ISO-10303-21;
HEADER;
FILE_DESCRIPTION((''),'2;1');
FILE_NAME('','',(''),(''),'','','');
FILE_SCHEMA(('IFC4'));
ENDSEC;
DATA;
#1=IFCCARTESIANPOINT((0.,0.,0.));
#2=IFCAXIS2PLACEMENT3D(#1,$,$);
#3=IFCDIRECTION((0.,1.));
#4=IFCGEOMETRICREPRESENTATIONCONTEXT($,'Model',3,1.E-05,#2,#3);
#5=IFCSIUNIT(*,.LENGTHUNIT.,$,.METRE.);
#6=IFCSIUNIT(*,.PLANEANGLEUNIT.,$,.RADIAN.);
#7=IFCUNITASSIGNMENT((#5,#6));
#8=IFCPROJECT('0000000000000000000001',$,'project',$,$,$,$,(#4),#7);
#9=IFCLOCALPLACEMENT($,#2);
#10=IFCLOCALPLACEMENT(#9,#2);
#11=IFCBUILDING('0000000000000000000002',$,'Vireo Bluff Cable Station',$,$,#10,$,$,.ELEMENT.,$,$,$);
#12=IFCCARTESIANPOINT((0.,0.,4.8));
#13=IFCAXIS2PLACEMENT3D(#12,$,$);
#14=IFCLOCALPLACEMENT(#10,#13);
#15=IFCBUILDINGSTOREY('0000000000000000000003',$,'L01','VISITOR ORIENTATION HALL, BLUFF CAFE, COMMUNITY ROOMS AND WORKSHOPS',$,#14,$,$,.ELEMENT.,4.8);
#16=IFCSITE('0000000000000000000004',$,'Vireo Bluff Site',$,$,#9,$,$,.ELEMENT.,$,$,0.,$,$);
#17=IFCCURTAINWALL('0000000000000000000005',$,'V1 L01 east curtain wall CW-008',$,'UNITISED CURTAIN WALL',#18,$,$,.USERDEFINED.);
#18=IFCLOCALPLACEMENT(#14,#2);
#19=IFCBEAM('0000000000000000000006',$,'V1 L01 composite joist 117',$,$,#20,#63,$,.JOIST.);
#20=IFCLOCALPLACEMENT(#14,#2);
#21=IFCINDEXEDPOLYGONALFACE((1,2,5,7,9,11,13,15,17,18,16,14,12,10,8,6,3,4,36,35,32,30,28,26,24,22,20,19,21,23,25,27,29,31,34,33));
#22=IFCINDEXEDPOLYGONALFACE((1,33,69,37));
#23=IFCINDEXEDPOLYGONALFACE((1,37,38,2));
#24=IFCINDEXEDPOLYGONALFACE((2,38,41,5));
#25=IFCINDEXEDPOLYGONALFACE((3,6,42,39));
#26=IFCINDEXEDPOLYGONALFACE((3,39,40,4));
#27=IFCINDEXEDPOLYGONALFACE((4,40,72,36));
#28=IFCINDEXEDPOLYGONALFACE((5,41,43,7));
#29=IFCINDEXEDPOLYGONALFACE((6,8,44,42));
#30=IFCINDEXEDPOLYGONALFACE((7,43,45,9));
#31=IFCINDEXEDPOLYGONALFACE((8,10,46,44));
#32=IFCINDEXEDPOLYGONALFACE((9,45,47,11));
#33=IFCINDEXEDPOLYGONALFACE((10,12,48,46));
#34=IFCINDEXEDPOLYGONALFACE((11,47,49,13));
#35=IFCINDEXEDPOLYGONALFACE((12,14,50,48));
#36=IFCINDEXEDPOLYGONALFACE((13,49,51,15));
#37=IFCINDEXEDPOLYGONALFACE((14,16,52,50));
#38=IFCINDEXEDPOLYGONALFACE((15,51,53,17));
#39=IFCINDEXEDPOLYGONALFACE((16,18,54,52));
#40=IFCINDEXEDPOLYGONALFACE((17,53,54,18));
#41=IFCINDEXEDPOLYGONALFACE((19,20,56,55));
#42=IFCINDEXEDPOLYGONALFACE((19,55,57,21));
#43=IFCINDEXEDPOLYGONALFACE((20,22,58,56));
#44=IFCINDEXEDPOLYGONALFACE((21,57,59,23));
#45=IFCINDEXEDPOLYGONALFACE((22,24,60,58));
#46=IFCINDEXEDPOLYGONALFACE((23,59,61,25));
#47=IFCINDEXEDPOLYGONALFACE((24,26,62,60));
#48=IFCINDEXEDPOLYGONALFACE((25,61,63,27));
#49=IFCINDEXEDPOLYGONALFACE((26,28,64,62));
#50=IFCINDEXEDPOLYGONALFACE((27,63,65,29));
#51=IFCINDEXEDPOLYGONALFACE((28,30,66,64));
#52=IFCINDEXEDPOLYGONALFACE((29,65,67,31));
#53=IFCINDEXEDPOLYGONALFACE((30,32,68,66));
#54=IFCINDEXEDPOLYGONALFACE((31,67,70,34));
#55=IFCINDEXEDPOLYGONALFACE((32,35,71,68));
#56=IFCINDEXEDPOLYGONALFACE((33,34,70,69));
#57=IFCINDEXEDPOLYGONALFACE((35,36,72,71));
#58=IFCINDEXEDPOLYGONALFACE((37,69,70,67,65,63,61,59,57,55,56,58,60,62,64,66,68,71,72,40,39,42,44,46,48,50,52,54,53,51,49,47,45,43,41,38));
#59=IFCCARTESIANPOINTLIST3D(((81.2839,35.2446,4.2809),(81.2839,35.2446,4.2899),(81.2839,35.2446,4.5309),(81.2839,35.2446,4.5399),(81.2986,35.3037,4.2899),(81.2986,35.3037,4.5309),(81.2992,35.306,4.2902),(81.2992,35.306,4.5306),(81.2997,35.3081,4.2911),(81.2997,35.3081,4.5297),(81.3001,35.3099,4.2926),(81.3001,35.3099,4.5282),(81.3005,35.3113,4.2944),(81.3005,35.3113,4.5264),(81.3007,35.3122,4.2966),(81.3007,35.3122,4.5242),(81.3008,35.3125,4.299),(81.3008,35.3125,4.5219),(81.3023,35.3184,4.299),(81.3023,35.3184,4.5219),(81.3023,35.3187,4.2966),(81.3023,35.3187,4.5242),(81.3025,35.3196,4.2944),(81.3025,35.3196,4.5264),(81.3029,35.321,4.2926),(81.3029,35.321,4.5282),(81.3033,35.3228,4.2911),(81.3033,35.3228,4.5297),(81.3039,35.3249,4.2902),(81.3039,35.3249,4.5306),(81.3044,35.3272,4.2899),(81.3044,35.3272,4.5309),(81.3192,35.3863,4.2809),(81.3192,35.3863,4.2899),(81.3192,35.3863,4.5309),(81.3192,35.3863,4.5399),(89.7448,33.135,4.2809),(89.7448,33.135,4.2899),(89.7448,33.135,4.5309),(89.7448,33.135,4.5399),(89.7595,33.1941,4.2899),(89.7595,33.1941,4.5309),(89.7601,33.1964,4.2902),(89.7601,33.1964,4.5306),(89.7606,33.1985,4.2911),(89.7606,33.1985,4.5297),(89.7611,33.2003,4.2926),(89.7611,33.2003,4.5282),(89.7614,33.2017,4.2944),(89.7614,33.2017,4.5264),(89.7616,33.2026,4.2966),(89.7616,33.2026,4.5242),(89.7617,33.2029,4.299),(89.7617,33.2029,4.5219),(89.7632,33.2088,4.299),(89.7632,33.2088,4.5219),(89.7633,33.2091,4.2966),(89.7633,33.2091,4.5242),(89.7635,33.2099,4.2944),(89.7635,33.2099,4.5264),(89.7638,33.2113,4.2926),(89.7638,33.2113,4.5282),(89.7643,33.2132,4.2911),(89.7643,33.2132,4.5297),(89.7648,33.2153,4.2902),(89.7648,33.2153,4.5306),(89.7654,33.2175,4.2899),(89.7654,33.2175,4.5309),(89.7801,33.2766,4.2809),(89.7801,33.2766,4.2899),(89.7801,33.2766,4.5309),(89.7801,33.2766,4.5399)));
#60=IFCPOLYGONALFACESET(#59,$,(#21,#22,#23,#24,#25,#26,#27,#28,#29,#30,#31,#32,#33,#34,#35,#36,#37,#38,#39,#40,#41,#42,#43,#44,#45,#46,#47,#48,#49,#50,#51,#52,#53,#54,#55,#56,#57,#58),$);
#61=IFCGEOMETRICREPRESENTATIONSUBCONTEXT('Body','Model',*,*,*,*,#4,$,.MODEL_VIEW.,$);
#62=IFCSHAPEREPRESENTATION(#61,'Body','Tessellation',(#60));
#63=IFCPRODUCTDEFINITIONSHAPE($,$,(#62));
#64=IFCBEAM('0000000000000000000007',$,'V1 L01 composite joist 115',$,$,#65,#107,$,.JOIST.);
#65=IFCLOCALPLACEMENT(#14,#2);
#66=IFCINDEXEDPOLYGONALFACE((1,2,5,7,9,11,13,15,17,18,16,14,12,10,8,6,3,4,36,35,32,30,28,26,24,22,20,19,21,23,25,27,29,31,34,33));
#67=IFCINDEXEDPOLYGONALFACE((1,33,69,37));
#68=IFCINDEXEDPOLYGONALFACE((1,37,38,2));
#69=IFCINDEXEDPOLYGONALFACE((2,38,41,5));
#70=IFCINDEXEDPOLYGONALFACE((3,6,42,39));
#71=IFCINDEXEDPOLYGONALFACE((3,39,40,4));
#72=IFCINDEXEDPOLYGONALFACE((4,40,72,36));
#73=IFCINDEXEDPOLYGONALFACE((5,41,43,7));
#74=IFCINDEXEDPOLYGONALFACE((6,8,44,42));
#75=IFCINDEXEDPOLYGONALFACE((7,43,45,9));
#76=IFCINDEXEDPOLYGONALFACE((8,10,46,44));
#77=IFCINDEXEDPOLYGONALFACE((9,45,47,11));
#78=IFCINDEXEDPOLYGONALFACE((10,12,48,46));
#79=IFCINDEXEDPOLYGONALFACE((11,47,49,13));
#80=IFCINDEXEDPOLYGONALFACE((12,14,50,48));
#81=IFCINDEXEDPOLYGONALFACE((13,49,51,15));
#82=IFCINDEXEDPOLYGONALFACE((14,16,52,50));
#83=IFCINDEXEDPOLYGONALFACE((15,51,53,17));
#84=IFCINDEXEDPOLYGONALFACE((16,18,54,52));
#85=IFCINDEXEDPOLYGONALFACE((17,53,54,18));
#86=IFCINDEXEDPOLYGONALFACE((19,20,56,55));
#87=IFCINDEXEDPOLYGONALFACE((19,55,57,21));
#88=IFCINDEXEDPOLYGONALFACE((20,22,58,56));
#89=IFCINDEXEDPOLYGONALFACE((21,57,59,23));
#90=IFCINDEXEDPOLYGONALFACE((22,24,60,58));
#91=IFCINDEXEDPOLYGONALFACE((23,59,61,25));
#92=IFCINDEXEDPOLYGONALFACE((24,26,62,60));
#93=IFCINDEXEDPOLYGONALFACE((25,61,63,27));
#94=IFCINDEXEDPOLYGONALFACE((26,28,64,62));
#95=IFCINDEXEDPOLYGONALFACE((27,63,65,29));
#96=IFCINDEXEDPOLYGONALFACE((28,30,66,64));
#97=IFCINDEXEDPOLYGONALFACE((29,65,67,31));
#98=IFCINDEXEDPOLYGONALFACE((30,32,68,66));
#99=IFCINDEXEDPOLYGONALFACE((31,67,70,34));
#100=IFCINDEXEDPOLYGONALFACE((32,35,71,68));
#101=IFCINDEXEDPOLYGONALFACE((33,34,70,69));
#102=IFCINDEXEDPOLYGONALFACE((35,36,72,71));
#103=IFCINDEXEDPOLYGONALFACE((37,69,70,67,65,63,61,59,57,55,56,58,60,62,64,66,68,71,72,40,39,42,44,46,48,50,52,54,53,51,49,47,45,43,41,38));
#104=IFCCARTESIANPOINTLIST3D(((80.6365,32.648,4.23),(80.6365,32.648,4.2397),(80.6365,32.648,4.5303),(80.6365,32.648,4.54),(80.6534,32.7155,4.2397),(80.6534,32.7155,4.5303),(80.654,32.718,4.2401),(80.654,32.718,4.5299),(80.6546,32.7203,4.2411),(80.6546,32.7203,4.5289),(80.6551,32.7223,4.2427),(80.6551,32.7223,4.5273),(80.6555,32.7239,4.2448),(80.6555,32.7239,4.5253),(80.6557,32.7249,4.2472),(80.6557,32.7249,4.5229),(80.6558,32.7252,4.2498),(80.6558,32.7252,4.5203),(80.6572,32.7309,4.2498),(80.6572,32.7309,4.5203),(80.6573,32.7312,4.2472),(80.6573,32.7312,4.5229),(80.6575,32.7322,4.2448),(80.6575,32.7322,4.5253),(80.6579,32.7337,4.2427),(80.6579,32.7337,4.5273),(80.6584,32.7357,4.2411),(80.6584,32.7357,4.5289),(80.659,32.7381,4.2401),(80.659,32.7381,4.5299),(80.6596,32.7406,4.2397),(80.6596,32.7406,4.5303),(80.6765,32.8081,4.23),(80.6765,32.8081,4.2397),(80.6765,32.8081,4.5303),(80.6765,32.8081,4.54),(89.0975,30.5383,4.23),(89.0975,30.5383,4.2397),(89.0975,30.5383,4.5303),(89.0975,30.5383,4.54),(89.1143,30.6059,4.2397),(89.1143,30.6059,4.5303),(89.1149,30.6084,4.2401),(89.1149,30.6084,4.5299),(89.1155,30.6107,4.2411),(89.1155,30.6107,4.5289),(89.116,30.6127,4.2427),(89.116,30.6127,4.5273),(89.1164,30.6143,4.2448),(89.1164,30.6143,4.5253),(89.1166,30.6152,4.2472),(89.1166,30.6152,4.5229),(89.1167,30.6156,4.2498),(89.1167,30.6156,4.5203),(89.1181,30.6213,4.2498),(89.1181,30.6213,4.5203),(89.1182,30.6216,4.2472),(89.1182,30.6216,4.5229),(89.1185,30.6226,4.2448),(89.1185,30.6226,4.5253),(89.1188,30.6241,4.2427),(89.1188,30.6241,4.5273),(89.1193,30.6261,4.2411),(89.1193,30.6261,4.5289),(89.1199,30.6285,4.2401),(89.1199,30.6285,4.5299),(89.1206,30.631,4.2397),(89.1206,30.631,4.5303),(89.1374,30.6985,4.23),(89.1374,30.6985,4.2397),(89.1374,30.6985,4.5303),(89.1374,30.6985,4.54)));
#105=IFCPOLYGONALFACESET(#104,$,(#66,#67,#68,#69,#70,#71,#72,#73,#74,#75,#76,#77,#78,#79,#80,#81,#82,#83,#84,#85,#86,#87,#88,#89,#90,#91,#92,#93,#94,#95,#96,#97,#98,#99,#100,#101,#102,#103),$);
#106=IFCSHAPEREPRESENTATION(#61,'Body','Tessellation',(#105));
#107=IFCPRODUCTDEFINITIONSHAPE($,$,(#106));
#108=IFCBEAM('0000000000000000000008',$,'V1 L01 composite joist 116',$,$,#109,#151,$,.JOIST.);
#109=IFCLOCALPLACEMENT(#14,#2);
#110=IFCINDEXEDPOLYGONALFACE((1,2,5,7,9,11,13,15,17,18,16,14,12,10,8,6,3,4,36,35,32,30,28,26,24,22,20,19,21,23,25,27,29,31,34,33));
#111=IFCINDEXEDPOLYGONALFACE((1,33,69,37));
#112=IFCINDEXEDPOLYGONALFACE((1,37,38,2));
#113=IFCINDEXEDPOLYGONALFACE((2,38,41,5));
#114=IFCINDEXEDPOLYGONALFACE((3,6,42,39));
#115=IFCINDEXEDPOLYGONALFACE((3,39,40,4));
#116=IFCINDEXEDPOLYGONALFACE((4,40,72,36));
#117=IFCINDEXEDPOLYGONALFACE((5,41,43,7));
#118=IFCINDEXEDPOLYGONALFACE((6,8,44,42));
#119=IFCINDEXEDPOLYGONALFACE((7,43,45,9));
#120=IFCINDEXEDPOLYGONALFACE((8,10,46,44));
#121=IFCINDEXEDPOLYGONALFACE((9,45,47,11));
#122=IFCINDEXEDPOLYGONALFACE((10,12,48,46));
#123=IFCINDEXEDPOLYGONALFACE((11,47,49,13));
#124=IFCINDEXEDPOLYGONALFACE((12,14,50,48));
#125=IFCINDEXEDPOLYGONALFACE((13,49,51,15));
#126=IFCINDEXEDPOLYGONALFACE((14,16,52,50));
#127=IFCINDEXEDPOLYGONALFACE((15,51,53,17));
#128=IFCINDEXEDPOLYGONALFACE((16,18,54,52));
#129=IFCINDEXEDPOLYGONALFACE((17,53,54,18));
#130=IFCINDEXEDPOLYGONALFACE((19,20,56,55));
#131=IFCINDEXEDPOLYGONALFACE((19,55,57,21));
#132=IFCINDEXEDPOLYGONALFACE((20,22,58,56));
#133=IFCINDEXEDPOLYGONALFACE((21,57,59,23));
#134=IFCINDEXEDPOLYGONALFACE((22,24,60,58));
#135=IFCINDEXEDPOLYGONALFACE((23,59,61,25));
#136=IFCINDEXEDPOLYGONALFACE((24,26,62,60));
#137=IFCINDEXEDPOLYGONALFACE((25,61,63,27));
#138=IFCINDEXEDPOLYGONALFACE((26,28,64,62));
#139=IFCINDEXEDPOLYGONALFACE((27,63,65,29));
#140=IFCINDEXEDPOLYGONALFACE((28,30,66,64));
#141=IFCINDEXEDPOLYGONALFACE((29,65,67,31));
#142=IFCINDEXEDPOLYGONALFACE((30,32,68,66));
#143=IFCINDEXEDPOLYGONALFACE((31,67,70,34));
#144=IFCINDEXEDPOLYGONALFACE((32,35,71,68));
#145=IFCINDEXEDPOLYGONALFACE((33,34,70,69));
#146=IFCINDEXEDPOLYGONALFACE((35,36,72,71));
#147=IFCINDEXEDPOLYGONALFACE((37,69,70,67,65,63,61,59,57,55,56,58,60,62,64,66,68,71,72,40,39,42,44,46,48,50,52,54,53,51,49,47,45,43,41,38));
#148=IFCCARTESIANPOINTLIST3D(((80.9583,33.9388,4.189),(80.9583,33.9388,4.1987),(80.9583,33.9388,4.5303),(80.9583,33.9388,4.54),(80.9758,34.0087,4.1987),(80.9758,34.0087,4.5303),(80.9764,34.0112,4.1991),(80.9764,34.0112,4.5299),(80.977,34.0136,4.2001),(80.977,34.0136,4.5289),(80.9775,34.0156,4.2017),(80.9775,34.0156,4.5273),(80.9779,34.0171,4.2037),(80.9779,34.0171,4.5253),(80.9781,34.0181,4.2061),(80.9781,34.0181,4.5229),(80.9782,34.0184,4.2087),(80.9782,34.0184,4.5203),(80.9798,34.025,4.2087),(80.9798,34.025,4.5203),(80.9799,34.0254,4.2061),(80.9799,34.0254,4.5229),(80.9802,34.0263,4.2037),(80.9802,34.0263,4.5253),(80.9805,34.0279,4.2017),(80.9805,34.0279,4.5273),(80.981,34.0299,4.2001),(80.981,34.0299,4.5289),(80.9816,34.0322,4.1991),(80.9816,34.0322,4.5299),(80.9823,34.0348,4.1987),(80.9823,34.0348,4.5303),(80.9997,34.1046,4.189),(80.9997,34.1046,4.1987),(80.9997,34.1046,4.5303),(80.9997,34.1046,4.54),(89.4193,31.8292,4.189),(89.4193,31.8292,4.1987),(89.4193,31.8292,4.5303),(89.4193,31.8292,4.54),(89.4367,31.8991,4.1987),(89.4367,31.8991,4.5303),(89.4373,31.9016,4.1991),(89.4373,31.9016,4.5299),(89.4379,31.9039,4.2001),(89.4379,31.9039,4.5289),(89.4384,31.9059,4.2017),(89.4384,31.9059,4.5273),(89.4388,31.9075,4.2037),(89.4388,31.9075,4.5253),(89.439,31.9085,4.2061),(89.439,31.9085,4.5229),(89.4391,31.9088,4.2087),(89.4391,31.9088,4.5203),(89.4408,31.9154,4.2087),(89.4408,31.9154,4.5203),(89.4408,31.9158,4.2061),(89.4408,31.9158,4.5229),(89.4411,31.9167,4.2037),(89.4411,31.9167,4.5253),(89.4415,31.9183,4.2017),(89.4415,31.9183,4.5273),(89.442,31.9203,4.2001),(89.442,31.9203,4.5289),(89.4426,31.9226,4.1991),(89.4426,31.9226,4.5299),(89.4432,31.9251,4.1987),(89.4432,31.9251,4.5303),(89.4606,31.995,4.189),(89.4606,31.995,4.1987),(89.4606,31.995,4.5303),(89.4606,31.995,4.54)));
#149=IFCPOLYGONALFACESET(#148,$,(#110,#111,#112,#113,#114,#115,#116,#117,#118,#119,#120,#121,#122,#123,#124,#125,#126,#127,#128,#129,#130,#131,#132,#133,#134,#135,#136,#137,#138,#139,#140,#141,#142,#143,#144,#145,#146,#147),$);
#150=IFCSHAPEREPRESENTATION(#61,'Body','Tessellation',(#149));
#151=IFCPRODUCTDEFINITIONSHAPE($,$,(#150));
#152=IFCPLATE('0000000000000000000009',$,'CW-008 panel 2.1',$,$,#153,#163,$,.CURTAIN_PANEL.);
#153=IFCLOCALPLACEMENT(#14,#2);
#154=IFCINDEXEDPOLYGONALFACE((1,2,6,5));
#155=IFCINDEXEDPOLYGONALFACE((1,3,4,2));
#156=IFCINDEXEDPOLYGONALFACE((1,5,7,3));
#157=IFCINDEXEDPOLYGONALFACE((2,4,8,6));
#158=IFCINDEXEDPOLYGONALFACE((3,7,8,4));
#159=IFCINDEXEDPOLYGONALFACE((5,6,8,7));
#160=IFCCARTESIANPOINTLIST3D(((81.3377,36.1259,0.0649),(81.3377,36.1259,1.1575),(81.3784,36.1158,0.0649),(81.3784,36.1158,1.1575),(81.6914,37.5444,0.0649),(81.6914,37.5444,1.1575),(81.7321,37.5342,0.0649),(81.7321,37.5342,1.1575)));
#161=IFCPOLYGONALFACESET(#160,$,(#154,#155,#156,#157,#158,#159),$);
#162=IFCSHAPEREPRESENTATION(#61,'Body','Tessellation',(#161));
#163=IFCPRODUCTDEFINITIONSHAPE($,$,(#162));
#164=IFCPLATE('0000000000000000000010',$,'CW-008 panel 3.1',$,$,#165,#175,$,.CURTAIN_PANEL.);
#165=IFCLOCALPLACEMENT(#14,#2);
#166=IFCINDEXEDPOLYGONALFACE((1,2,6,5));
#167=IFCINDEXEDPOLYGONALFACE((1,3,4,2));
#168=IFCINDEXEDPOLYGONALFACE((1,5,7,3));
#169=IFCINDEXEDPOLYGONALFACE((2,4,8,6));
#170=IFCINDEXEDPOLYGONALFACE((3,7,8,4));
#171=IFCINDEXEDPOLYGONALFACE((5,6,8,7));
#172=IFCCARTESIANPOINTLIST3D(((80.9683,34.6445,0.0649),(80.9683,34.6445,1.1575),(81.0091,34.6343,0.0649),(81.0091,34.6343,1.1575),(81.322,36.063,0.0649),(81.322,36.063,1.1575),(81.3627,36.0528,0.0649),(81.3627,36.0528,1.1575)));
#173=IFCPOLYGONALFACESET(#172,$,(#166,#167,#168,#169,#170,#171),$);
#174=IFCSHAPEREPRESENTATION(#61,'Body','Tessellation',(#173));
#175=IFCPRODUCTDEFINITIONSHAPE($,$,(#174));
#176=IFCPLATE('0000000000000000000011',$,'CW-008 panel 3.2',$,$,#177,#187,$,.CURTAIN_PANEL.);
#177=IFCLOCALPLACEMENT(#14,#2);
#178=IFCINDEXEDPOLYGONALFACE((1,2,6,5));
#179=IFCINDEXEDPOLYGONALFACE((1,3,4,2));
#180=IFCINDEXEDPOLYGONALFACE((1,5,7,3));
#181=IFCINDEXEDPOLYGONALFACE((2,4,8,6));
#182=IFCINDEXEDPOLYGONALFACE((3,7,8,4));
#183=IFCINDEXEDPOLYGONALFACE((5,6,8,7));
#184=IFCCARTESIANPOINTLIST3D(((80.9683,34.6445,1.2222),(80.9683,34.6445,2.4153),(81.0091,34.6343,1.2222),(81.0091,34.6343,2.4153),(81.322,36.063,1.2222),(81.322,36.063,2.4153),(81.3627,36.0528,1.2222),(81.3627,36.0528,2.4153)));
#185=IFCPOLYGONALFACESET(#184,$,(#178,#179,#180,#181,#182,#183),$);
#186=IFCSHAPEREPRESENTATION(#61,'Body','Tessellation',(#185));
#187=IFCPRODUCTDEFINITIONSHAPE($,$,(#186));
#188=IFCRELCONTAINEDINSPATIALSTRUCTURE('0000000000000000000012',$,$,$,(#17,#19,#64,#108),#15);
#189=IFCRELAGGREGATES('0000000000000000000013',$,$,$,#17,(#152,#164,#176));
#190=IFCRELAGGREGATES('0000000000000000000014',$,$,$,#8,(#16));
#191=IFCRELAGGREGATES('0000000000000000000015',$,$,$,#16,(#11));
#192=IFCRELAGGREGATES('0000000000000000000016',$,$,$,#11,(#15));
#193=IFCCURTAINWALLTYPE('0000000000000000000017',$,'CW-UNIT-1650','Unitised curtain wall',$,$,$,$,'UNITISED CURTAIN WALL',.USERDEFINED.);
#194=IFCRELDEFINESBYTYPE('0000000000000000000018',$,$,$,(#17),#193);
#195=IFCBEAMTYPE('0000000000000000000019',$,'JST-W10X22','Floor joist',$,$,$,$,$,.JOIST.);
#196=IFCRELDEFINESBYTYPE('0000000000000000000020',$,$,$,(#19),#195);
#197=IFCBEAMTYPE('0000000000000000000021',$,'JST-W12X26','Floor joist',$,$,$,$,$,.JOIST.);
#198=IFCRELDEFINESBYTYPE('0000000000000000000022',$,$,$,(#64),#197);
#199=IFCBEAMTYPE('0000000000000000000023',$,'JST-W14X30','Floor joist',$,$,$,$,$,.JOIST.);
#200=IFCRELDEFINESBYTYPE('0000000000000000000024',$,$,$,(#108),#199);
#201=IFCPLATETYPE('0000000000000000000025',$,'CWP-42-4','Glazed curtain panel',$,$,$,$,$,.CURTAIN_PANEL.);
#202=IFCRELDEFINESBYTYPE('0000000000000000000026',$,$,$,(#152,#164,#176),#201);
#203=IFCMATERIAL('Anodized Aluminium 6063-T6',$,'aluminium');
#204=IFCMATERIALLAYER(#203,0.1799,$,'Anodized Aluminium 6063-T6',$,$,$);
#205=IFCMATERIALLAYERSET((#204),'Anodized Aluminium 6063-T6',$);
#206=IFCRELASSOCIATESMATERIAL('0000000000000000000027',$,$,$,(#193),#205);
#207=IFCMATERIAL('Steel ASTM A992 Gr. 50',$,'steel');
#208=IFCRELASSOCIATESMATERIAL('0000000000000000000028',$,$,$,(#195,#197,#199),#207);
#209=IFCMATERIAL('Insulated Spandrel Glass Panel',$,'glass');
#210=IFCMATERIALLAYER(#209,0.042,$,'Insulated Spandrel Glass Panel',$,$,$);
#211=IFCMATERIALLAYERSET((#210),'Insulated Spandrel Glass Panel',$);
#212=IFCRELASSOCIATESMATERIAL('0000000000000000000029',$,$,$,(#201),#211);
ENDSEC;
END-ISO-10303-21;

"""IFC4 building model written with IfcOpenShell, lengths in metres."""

from ifc_helpers import new_model, si_unit, direction, frame, origin, origin_2d, place, context, subcontext, project, spatial, rectangle, i_section, extrude, material, layer, layer_set, material_profile, profile_set, type_object, element, aggregate, save


model = new_model("IFC4")

# Units and contexts
model_context = context("Model", 3, precision=1e-05, world=origin(), true_north=direction((0.0, 1.0)))
body_context = subcontext(model_context, "Body", "Model", "MODEL_VIEW")
ifc_project = project(units=[si_unit("LENGTHUNIT", "METRE"), si_unit("PLANEANGLEUNIT", "RADIAN")], contexts=[model_context])

# Site, building, storey
site_placement = place(None, origin())
site = spatial("IfcSite", under=ifc_project, at=site_placement, Name="Vireo Bluff Site", CompositionType="ELEMENT", RefElevation=0.0)
building_placement = place(site_placement, origin())
building = spatial("IfcBuilding", under=site, at=building_placement, Name="Vireo Bluff Cable Station", CompositionType="ELEMENT")
storey_placement = place(building_placement, frame((0.0, 0.0, 4.8)))
storey = spatial("IfcBuildingStorey", under=building, at=storey_placement, Name="L01", Description="VISITOR ORIENTATION HALL, BLUFF CAFE, COMMUNITY ROOMS AND WORKSHOPS", CompositionType="ELEMENT", Elevation=4.8)

# Curtain wall
ifc_material_1 = material(Name="Anodized Aluminium 6063-T6", Category="aluminium")
ifc_layer_1 = layer(ifc_material_1, 0.1799, Name="Anodized Aluminium 6063-T6")
ifc_layer_set_1 = layer_set([ifc_layer_1], Name="Anodized Aluminium 6063-T6")
curtain_wall_type = type_object("IfcCurtainWallType", Name="CW-UNIT-1650", Description="Unitised curtain wall", ElementType="UNITISED CURTAIN WALL", PredefinedType="USERDEFINED", material=ifc_layer_set_1)
curtain_wall_placement = place(storey_placement, origin())
curtain_wall = element("IfcCurtainWall", 1, at=curtain_wall_placement, inside=storey, type_object=curtain_wall_type, Name="V1 L01 east curtain wall CW-008", ObjectType="UNITISED CURTAIN WALL", PredefinedType="USERDEFINED")

# Beams
ifc_material_2 = material(Name="Steel ASTM A992 Gr. 50", Category="steel")
ifc_material_profile_1 = material_profile(ifc_material_2, i_section(OverallWidth=0.146, OverallDepth=0.259, WebThickness=0.0061, FlangeThickness=0.009, FilletRadius=0.009, at=origin_2d()), Name="W10X22")
ifc_profile_set_1 = profile_set([ifc_material_profile_1], Name="Steel ASTM A992 Gr. 50")
beam_type_1 = type_object("IfcBeamType", Name="JST-W10X22", Description="Floor joist", PredefinedType="JOIST", material=ifc_profile_set_1)
beam_1_placement = place(storey_placement, frame((81.3015, 35.3154, 4.4104), z_axis=(0.970294, -0.24193, 0.0), x_axis=(0.24193, 0.970294, 0.0)))
element("IfcBeam", 2, at=beam_1_placement, inside=storey, type_object=beam_type_1, Name="V1 L01 composite joist 117", PredefinedType="JOIST", context=body_context, shape_type="SweptSolid", body=[
    extrude(i_section(OverallWidth=0.146, OverallDepth=0.259, WebThickness=0.0061, FlangeThickness=0.009, FilletRadius=0.009, at=origin_2d()), origin(), (0.0, 0.0, 1.0), 8.72),
])
ifc_material_profile_2 = material_profile(ifc_material_2, i_section(OverallWidth=0.165, OverallDepth=0.3101, WebThickness=0.0059, FlangeThickness=0.0098, FilletRadius=0.01, at=origin_2d()), Name="W12X26")
ifc_profile_set_2 = profile_set([ifc_material_profile_2], Name="Steel ASTM A992 Gr. 50")
beam_type_2 = type_object("IfcBeamType", Name="JST-W12X26", Description="Floor joist", PredefinedType="JOIST", material=ifc_profile_set_2)
beam_2_placement = place(storey_placement, frame((80.6565, 32.728, 4.385), z_axis=(0.970294, -0.24193, 0.0), x_axis=(0.24193, 0.970294, 0.0)))
element("IfcBeam", 3, at=beam_2_placement, inside=storey, type_object=beam_type_2, Name="V1 L01 composite joist 115", PredefinedType="JOIST", context=body_context, shape_type="SweptSolid", body=[
    extrude(i_section(OverallWidth=0.165, OverallDepth=0.3101, WebThickness=0.0059, FlangeThickness=0.0098, FilletRadius=0.01, at=origin_2d()), origin(), (0.0, 0.0, 1.0), 8.72),
])
ifc_material_profile_3 = material_profile(ifc_material_2, i_section(OverallWidth=0.1709, OverallDepth=0.3511, WebThickness=0.0068, FlangeThickness=0.0098, FilletRadius=0.01, at=origin_2d()), Name="W14X30")
ifc_profile_set_3 = profile_set([ifc_material_profile_3], Name="Steel ASTM A992 Gr. 50")
beam_type_3 = type_object("IfcBeamType", Name="JST-W14X30", Description="Floor joist", PredefinedType="JOIST", material=ifc_profile_set_3)
beam_3_placement = place(storey_placement, frame((80.979, 34.0217, 4.3645), z_axis=(0.970294, -0.24193, 0.0), x_axis=(0.24193, 0.970294, 0.0)))
element("IfcBeam", 4, at=beam_3_placement, inside=storey, type_object=beam_type_3, Name="V1 L01 composite joist 116", PredefinedType="JOIST", context=body_context, shape_type="SweptSolid", body=[
    extrude(i_section(OverallWidth=0.1709, OverallDepth=0.3511, WebThickness=0.0068, FlangeThickness=0.0098, FilletRadius=0.01, at=origin_2d()), origin(), (0.0, 0.0, 1.0), 8.72),
])

# Plates
ifc_material_3 = material(Name="Insulated Spandrel Glass Panel", Category="glass")
ifc_layer_2 = layer(ifc_material_3, 0.042, Name="Insulated Spandrel Glass Panel")
ifc_layer_set_2 = layer_set([ifc_layer_2], Name="Insulated Spandrel Glass Panel")
plate_type = type_object("IfcPlateType", Name="CWP-42-4", Description="Glazed curtain panel", PredefinedType="CURTAIN_PANEL", material=ifc_layer_set_2)
plate_1_placement = place(storey_placement, frame((81.5349, 36.8301, 0.0649), z_axis=(0.0, 0.0, 1.0), x_axis=(-0.241922, -0.970296, 0.0)))
plate_1 = element("IfcPlate", 5, at=plate_1_placement, type_object=plate_type, Name="CW-008 panel 2.1", PredefinedType="CURTAIN_PANEL", context=body_context, shape_type="SweptSolid", body=[
    extrude(rectangle(XDim=1.4619, YDim=0.042, at=origin_2d()), origin(), (0.0, 0.0, 1.0), 1.0925),
])
plate_2_placement = place(storey_placement, frame((81.1655, 35.3486, 0.0649), z_axis=(0.0, 0.0, 1.0), x_axis=(-0.241922, -0.970296, 0.0)))
plate_2 = element("IfcPlate", 6, at=plate_2_placement, type_object=plate_type, Name="CW-008 panel 3.1", PredefinedType="CURTAIN_PANEL", context=body_context, shape_type="SweptSolid", body=[
    extrude(rectangle(XDim=1.4619, YDim=0.042, at=origin_2d()), origin(), (0.0, 0.0, 1.0), 1.0925),
])
plate_3_placement = place(storey_placement, frame((81.1655, 35.3486, 1.2222), z_axis=(0.0, 0.0, 1.0), x_axis=(-0.241922, -0.970296, 0.0)))
plate_3 = element("IfcPlate", 7, at=plate_3_placement, type_object=plate_type, Name="CW-008 panel 3.2", PredefinedType="CURTAIN_PANEL", context=body_context, shape_type="SweptSolid", body=[
    extrude(rectangle(XDim=1.4619, YDim=0.042, at=origin_2d()), origin(), (0.0, 0.0, 1.0), 1.1931),
])
aggregate(curtain_wall, [plate_1, plate_2, plate_3])

save(model, "model.ifc")
